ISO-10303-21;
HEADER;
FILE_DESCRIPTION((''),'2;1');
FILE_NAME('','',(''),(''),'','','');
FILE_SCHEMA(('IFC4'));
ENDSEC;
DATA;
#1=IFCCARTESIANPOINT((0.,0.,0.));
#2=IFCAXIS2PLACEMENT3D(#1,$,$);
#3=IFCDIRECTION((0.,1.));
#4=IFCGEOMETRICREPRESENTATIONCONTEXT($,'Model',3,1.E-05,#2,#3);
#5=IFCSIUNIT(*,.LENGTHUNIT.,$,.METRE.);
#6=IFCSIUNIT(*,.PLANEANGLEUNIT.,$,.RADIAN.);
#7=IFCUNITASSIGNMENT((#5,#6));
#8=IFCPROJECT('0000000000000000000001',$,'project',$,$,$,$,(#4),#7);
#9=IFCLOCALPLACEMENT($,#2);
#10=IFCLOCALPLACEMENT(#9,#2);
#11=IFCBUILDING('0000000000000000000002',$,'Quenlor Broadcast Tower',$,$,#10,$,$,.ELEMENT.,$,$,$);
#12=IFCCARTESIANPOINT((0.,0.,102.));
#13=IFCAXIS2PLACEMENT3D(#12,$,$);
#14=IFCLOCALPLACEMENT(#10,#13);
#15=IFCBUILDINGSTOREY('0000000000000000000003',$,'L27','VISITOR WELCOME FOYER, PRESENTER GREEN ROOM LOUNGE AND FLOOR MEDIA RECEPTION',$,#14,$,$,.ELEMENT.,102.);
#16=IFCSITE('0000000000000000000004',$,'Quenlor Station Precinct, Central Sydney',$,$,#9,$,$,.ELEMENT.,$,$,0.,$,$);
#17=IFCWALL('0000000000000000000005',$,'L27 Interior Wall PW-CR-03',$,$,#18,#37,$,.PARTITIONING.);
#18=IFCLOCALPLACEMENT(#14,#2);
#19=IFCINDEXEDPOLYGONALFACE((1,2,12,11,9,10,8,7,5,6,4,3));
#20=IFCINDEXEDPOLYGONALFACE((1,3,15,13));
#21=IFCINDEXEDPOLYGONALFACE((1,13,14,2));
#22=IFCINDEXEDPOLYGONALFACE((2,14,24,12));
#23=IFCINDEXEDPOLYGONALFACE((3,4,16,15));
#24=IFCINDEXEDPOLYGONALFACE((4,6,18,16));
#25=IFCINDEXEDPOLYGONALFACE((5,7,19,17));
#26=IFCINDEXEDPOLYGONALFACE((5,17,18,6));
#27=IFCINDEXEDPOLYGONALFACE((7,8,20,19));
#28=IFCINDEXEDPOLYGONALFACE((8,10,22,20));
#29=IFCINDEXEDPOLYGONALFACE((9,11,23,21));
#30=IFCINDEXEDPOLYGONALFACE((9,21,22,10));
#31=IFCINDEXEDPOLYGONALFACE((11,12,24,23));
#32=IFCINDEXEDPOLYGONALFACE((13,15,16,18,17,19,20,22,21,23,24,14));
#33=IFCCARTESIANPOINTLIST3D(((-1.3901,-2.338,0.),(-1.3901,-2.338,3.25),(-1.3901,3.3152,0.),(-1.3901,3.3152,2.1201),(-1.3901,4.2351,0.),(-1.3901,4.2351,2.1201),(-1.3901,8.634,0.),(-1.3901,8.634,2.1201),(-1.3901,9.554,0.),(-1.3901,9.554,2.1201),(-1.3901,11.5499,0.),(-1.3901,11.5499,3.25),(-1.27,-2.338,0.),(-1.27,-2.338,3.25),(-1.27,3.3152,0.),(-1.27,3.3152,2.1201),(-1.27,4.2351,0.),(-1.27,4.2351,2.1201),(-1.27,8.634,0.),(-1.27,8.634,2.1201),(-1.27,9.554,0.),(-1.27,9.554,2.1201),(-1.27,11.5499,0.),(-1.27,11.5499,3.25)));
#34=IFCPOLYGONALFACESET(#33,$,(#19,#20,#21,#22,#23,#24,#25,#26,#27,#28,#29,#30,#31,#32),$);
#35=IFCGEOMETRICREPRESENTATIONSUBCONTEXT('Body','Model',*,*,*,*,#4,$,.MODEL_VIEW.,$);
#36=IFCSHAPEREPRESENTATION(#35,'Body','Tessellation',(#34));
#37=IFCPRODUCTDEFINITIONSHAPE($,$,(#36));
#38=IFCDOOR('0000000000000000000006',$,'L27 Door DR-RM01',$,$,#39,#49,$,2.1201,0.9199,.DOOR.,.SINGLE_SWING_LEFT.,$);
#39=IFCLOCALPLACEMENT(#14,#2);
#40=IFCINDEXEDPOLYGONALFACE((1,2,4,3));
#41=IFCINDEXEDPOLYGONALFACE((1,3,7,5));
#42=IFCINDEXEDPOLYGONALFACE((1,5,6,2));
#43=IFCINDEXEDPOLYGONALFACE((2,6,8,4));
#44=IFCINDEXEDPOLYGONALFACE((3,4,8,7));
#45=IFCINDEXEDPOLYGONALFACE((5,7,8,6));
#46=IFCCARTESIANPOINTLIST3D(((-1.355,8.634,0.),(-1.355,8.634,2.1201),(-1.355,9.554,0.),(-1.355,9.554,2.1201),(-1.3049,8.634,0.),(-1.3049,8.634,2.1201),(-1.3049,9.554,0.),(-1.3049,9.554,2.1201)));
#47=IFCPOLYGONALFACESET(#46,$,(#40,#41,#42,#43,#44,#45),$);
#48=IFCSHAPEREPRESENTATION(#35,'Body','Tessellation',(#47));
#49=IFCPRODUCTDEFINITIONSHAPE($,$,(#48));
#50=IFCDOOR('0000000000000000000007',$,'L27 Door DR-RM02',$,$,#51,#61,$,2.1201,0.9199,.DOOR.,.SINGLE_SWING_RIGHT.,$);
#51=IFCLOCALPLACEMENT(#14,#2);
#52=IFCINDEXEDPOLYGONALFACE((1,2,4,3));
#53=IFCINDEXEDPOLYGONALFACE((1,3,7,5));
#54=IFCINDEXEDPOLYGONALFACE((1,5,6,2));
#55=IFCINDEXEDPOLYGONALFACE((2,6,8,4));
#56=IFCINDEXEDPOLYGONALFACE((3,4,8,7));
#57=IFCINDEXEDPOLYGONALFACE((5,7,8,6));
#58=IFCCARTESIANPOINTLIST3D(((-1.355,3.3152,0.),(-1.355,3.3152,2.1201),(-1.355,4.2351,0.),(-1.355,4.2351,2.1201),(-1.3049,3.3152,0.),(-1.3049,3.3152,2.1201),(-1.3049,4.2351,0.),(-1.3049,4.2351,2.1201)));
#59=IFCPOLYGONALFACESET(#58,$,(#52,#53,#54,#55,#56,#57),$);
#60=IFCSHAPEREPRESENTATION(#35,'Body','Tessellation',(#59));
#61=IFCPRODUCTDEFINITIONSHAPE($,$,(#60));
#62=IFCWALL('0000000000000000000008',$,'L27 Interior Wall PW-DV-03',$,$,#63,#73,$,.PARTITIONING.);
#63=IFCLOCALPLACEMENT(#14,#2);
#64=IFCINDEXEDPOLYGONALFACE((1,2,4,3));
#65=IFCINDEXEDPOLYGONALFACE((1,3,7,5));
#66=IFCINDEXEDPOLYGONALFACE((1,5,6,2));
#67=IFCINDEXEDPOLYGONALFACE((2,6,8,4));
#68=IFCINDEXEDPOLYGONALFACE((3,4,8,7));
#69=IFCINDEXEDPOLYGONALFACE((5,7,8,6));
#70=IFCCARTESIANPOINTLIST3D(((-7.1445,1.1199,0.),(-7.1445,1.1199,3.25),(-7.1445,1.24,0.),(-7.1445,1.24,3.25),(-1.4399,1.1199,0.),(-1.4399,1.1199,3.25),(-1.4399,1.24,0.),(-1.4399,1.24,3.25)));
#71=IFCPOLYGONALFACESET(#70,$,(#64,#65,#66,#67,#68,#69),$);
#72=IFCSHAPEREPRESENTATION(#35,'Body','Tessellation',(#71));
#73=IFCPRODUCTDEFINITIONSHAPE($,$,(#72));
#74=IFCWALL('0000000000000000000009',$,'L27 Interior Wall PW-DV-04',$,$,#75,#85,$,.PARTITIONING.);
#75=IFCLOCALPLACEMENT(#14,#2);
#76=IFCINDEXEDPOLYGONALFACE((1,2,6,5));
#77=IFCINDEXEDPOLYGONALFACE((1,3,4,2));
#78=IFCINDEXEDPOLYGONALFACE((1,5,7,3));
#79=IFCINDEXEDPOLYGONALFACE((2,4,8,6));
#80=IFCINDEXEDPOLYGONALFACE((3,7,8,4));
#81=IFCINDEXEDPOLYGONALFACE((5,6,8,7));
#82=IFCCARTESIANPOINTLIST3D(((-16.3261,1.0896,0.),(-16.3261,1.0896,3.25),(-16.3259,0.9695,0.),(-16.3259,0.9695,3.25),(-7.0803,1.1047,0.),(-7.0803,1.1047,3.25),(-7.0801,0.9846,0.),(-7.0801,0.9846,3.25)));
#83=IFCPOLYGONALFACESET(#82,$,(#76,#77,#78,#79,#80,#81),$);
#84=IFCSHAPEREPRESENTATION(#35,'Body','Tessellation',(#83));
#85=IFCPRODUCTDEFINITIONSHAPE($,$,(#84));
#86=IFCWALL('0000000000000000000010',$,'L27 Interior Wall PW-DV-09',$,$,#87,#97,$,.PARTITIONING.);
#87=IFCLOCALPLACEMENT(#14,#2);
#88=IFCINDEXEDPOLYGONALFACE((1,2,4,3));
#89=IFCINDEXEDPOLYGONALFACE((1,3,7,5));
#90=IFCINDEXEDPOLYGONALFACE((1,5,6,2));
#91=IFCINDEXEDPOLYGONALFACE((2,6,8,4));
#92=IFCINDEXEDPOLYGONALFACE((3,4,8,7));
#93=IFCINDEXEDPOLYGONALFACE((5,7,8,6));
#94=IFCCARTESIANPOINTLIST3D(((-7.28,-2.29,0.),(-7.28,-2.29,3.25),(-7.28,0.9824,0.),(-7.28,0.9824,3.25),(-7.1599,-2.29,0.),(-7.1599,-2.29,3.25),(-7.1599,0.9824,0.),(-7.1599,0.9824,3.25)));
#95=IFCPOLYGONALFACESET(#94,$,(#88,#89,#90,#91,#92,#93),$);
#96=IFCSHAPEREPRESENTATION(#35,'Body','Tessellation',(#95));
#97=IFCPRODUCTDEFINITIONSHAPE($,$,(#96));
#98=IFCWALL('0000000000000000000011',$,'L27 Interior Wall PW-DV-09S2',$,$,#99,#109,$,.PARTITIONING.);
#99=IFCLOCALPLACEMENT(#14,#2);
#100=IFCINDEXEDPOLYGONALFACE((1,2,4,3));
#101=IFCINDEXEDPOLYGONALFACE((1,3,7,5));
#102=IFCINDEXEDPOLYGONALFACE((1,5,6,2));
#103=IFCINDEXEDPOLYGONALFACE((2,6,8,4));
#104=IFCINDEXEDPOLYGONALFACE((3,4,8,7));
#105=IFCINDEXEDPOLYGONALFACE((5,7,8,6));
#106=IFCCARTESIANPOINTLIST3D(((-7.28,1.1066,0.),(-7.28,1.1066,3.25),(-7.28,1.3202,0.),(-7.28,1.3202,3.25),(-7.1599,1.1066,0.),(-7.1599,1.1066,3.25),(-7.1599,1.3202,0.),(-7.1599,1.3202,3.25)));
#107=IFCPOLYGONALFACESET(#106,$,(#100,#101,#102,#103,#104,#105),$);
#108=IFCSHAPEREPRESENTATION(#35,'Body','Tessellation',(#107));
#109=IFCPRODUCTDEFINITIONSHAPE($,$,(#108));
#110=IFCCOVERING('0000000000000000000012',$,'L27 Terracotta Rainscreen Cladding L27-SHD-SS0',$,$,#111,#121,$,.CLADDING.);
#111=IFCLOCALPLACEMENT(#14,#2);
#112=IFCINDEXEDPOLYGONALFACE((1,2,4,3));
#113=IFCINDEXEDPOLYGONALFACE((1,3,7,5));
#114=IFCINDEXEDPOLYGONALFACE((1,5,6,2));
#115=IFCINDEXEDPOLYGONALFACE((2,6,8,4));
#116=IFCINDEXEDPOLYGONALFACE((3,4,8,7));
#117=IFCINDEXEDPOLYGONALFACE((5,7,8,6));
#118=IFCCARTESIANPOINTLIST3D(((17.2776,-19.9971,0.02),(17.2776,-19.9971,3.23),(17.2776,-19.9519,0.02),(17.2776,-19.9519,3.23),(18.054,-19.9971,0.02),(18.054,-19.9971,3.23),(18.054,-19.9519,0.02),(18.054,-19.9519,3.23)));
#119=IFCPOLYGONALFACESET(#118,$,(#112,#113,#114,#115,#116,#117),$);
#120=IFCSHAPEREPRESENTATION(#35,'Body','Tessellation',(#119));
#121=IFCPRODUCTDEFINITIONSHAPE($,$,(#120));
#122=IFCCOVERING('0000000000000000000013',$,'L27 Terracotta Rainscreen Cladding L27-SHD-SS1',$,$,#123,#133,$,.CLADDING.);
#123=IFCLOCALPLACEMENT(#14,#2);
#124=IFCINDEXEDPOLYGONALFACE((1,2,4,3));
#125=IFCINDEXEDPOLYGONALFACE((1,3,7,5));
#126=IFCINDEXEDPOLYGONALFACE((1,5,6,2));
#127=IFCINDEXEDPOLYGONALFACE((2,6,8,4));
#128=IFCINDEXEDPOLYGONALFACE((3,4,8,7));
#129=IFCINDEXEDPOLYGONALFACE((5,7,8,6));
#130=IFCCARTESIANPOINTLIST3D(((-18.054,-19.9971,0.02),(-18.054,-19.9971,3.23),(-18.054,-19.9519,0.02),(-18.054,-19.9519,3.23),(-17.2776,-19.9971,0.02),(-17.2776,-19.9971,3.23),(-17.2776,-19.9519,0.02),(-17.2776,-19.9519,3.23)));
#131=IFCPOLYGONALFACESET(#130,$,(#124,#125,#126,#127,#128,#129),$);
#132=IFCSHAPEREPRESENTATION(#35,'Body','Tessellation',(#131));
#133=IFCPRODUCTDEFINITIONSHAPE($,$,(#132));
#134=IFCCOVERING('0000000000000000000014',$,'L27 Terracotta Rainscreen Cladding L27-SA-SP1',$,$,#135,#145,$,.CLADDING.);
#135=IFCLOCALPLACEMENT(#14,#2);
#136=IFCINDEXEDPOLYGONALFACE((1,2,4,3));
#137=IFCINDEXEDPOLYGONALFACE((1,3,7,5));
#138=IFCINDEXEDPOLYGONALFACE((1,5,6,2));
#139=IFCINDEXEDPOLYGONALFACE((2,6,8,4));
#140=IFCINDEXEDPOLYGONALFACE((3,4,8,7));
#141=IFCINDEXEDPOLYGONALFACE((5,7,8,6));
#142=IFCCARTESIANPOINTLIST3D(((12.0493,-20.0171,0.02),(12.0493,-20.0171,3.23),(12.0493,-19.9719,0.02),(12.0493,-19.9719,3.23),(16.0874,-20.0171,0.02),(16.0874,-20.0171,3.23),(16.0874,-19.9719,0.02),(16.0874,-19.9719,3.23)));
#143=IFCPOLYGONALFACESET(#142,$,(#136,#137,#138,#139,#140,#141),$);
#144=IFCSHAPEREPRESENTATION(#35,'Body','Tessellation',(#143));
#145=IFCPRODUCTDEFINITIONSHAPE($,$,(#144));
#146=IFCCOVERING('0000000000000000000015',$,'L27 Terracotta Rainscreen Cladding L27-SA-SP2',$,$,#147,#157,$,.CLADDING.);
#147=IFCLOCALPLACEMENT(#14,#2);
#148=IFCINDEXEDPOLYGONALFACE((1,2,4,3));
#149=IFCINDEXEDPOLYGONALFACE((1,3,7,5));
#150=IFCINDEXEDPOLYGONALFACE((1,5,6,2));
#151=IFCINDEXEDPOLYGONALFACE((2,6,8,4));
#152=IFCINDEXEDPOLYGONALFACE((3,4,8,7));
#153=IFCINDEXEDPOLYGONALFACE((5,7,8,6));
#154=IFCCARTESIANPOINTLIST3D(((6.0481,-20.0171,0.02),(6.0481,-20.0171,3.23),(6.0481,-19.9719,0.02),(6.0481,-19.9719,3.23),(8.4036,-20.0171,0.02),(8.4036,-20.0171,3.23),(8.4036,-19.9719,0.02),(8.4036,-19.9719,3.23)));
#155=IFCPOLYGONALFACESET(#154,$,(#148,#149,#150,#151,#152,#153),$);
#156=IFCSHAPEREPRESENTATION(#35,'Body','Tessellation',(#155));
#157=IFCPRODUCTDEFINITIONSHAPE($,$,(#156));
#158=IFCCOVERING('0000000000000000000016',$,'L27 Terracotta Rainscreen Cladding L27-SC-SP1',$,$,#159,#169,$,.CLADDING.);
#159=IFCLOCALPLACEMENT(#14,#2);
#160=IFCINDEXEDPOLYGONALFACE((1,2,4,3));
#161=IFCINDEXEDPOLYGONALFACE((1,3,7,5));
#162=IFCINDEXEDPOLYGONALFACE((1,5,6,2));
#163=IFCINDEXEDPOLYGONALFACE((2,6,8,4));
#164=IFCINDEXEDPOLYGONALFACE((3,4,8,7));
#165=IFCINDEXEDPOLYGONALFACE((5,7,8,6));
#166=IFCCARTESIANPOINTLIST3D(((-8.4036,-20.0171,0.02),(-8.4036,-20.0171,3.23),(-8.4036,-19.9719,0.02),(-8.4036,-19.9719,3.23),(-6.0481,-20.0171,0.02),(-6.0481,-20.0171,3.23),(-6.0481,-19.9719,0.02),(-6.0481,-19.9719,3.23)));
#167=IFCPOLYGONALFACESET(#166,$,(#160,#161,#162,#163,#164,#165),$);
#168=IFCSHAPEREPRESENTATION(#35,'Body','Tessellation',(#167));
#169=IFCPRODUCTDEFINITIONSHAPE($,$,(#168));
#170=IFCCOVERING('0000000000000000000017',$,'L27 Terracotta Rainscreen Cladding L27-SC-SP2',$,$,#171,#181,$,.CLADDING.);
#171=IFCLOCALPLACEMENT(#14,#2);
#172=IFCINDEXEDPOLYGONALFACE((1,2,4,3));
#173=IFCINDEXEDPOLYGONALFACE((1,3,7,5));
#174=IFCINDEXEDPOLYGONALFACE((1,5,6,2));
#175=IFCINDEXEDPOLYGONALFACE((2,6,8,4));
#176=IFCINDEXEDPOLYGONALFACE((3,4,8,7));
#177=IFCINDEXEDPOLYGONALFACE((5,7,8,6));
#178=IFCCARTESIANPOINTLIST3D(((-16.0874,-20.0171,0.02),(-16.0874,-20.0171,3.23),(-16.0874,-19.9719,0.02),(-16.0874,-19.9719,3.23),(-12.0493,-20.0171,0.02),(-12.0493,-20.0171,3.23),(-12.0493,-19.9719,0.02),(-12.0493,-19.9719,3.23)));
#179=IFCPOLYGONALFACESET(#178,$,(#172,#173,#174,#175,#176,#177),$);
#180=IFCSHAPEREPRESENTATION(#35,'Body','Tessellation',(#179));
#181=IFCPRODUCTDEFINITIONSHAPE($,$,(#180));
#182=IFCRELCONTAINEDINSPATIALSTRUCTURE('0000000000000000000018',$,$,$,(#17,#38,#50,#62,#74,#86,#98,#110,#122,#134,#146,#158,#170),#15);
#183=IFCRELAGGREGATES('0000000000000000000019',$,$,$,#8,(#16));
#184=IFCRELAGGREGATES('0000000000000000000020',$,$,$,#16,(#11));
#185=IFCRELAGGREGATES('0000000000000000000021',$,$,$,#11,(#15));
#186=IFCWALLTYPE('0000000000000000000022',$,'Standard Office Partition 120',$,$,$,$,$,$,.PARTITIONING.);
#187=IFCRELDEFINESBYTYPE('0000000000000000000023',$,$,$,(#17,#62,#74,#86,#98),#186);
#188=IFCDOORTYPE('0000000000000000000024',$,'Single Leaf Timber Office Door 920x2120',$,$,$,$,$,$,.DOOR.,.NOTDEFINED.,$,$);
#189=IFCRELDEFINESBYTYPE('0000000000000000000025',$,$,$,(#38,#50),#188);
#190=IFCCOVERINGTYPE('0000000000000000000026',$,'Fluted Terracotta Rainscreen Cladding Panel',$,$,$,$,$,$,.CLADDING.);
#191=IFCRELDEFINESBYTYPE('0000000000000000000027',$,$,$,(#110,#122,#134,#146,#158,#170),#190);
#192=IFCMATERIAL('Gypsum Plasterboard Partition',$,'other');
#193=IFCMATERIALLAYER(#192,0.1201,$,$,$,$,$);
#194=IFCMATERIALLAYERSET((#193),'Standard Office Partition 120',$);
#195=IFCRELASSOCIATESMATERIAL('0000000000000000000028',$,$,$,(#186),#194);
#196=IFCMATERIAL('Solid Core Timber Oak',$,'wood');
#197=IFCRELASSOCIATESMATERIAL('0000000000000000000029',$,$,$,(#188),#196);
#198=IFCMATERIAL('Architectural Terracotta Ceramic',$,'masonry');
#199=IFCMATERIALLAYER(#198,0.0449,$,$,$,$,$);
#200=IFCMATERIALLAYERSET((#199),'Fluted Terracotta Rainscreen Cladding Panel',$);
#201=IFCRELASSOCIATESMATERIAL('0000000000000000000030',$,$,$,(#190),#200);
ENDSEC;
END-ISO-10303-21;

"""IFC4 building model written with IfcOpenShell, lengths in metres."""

from ifc_helpers import new_model, si_unit, direction, frame, frame_2d, origin, place, context, subcontext, project, spatial, polyline, rectangle, outline, extrude, material, layer, layer_set, type_object, element, fill, save


model = new_model("IFC4")

# Units and contexts
model_context = context("Model", 3, precision=1e-05, world=origin(), true_north=direction((0.0, 1.0)))
body_context = subcontext(model_context, "Body", "Model", "MODEL_VIEW")
ifc_project = project(units=[si_unit("LENGTHUNIT", "METRE"), si_unit("PLANEANGLEUNIT", "RADIAN")], contexts=[model_context])

# Site, building, storey
site_placement = place(None, origin())
site = spatial("IfcSite", under=ifc_project, at=site_placement, Name="Quenlor Station Precinct, Central Sydney", CompositionType="ELEMENT", RefElevation=0.0)
building_placement = place(site_placement, origin())
building = spatial("IfcBuilding", under=site, at=building_placement, Name="Quenlor Broadcast Tower", CompositionType="ELEMENT")
storey_placement = place(building_placement, frame((0.0, 0.0, 102.0)))
storey = spatial("IfcBuildingStorey", under=building, at=storey_placement, Name="L27", Description="VISITOR WELCOME FOYER, PRESENTER GREEN ROOM LOUNGE AND FLOOR MEDIA RECEPTION", CompositionType="ELEMENT", Elevation=102.0)

# Wall, openings, doors
ifc_material_1 = material(Name="Gypsum Plasterboard Partition", Category="other")
ifc_layer_1 = layer(ifc_material_1, 0.1201)
ifc_layer_set_1 = layer_set([ifc_layer_1], Name="Standard Office Partition 120")
wall_type = type_object("IfcWallType", Name="Standard Office Partition 120", PredefinedType="PARTITIONING", material=ifc_layer_set_1)
wall_1_placement = place(storey_placement, frame((-1.3301, -2.3379, 0.0), z_axis=(0.0, 0.0, 1.0), x_axis=(0.0, 1.0, 0.0)))
wall_1 = element("IfcWall", 1, at=wall_1_placement, inside=storey, type_object=wall_type, Name="L27 Interior Wall PW-CR-03", PredefinedType="PARTITIONING", context=body_context, shape_type="SweptSolid", body=[
    extrude(rectangle(XDim=13.8879, YDim=0.1201, at=frame_2d((6.9438, 0.0))), origin(), (0.0, 0.0, 1.0), 3.25),
])
opening_1_placement = place(wall_1_placement, frame((10.9719, 0.0, 0.0)))
opening_1 = element("IfcOpeningElement", 2, at=opening_1_placement, cuts=wall_1, PredefinedType="OPENING", context=body_context, shape_type="SweptSolid", body=[
    extrude(rectangle(XDim=0.9199, YDim=2.1201, at=frame_2d((0.46, 1.0601))), frame((0.0, 0.0701, 0.0), z_axis=(0.0, -1.0, 0.0), x_axis=(1.0, 0.0, 0.0)), (0.0, 0.0, 1.0), 0.1401),
])
opening_2_placement = place(wall_1_placement, frame((5.6531, 0.0, 0.0)))
opening_2 = element("IfcOpeningElement", 3, at=opening_2_placement, cuts=wall_1, PredefinedType="OPENING", context=body_context, shape_type="SweptSolid", body=[
    extrude(rectangle(XDim=0.9199, YDim=2.1201, at=frame_2d((0.46, 1.0601))), frame((0.0, 0.0701, 0.0), z_axis=(0.0, -1.0, 0.0), x_axis=(1.0, 0.0, 0.0)), (0.0, 0.0, 1.0), 0.1401),
])
ifc_material_2 = material(Name="Solid Core Timber Oak", Category="wood")
door_type = type_object("IfcDoorType", Name="Single Leaf Timber Office Door 920x2120", OperationType="NOTDEFINED", PredefinedType="DOOR", material=ifc_material_2)
door_1_placement = place(opening_1_placement, origin())
door_1 = element("IfcDoor", 4, at=door_1_placement, inside=storey, type_object=door_type, Name="L27 Door DR-RM01", OperationType="SINGLE_SWING_LEFT", OverallHeight=2.1201, OverallWidth=0.9199, PredefinedType="DOOR", context=body_context, shape_type="SweptSolid", body=[
    extrude(rectangle(XDim=0.9199, YDim=2.1201, at=frame_2d((0.46, 1.0601))), frame((0.0, 0.0249, 0.0), z_axis=(0.0, -1.0, 0.0), x_axis=(1.0, 0.0, 0.0)), (0.0, 0.0, 1.0), 0.05),
])
fill(opening_1, door_1)
door_2_placement = place(opening_2_placement, origin())
door_2 = element("IfcDoor", 5, at=door_2_placement, inside=storey, type_object=door_type, Name="L27 Door DR-RM02", OperationType="SINGLE_SWING_RIGHT", OverallHeight=2.1201, OverallWidth=0.9199, PredefinedType="DOOR", context=body_context, shape_type="SweptSolid", body=[
    extrude(rectangle(XDim=0.9199, YDim=2.1201, at=frame_2d((0.46, 1.0601))), frame((0.0, 0.0249, 0.0), z_axis=(0.0, -1.0, 0.0), x_axis=(1.0, 0.0, 0.0)), (0.0, 0.0, 1.0), 0.05),
])
fill(opening_2, door_2)

# Walls
wall_2_placement = place(storey_placement, frame((-1.4399, 1.1799, 0.0), z_axis=(0.0, 0.0, 1.0), x_axis=(-1.0, 0.0, 0.0)))
element("IfcWall", 6, at=wall_2_placement, inside=storey, type_object=wall_type, Name="L27 Interior Wall PW-DV-03", PredefinedType="PARTITIONING", context=body_context, shape_type="SweptSolid", body=[
    extrude(rectangle(XDim=5.7046, YDim=0.1201, at=frame_2d((2.8523, 0.0))), origin(), (0.0, 0.0, 1.0), 3.25),
])
wall_3_placement = place(storey_placement, frame((-7.0801, 1.0447, 0.0), z_axis=(0.0, 0.0, 1.0), x_axis=(-0.999999, -0.001637, 0.0)))
element("IfcWall", 7, at=wall_3_placement, inside=storey, type_object=wall_type, Name="L27 Interior Wall PW-DV-04", PredefinedType="PARTITIONING", context=body_context, shape_type="SweptSolid", body=[
    extrude(rectangle(XDim=9.2458, YDim=0.1201, at=frame_2d((4.623, 0.0))), origin(), (0.0, 0.0, 1.0), 3.25),
])
wall_4_placement = place(storey_placement, frame((-7.22, -2.29, 0.0), z_axis=(0.0, 0.0, 1.0), x_axis=(0.0, 1.0, 0.0)))
element("IfcWall", 8, at=wall_4_placement, inside=storey, type_object=wall_type, Name="L27 Interior Wall PW-DV-09", PredefinedType="PARTITIONING", context=body_context, shape_type="SweptSolid", body=[
    extrude(rectangle(XDim=3.2725, YDim=0.1201, at=frame_2d((1.6362, 0.0))), origin(), (0.0, 0.0, 1.0), 3.25),
])
wall_5_placement = place(storey_placement, frame((-7.22, 1.1064, 0.0), z_axis=(0.0, 0.0, 1.0), x_axis=(0.0, 1.0, 0.0)))
element("IfcWall", 9, at=wall_5_placement, inside=storey, type_object=wall_type, Name="L27 Interior Wall PW-DV-09S2", PredefinedType="PARTITIONING", context=body_context, shape_type="SweptSolid", body=[
    extrude(rectangle(XDim=0.2136, YDim=0.1201, at=frame_2d((0.1069, 0.0))), origin(), (0.0, 0.0, 1.0), 3.25),
])

# Coverings
ifc_material_3 = material(Name="Architectural Terracotta Ceramic", Category="masonry")
ifc_layer_2 = layer(ifc_material_3, 0.0449)
ifc_layer_set_2 = layer_set([ifc_layer_2], Name="Fluted Terracotta Rainscreen Cladding Panel")
covering_type = type_object("IfcCoveringType", Name="Fluted Terracotta Rainscreen Cladding Panel", PredefinedType="CLADDING", material=ifc_layer_set_2)
covering_1_placement = place(storey_placement, frame((0.0, 0.0, 0.02)))
element("IfcCovering", 10, at=covering_1_placement, inside=storey, type_object=covering_type, Name="L27 Terracotta Rainscreen Cladding L27-SHD-SS0", PredefinedType="CLADDING", context=body_context, shape_type="SweptSolid", body=[
    extrude(outline(polyline([(18.054, -19.9519), (17.2776, -19.9519), (17.2776, -19.9971), (18.054, -19.9971), (18.054, -19.9519)])), origin(), (0.0, 0.0, 1.0), 3.21),
])
covering_2_placement = place(storey_placement, frame((0.0, 0.0, 0.02)))
element("IfcCovering", 11, at=covering_2_placement, inside=storey, type_object=covering_type, Name="L27 Terracotta Rainscreen Cladding L27-SHD-SS1", PredefinedType="CLADDING", context=body_context, shape_type="SweptSolid", body=[
    extrude(outline(polyline([(-17.2776, -19.9519), (-18.054, -19.9519), (-18.054, -19.9971), (-17.2776, -19.9971), (-17.2776, -19.9519)])), origin(), (0.0, 0.0, 1.0), 3.21),
])
covering_3_placement = place(storey_placement, frame((0.0, 0.0, 0.02)))
element("IfcCovering", 12, at=covering_3_placement, inside=storey, type_object=covering_type, Name="L27 Terracotta Rainscreen Cladding L27-SA-SP1", PredefinedType="CLADDING", context=body_context, shape_type="SweptSolid", body=[
    extrude(outline(polyline([(16.0874, -19.9719), (12.0493, -19.9719), (12.0493, -20.0171), (16.0874, -20.0171), (16.0874, -19.9719)])), origin(), (0.0, 0.0, 1.0), 3.21),
])
covering_4_placement = place(storey_placement, frame((0.0, 0.0, 0.02)))
element("IfcCovering", 13, at=covering_4_placement, inside=storey, type_object=covering_type, Name="L27 Terracotta Rainscreen Cladding L27-SA-SP2", PredefinedType="CLADDING", context=body_context, shape_type="SweptSolid", body=[
    extrude(outline(polyline([(8.4036, -19.9719), (6.0481, -19.9719), (6.0481, -20.0171), (8.4036, -20.0171), (8.4036, -19.9719)])), origin(), (0.0, 0.0, 1.0), 3.21),
])
covering_5_placement = place(storey_placement, frame((0.0, 0.0, 0.02)))
element("IfcCovering", 14, at=covering_5_placement, inside=storey, type_object=covering_type, Name="L27 Terracotta Rainscreen Cladding L27-SC-SP1", PredefinedType="CLADDING", context=body_context, shape_type="SweptSolid", body=[
    extrude(outline(polyline([(-6.0481, -19.9719), (-8.4036, -19.9719), (-8.4036, -20.0171), (-6.0481, -20.0171), (-6.0481, -19.9719)])), origin(), (0.0, 0.0, 1.0), 3.21),
])
covering_6_placement = place(storey_placement, frame((0.0, 0.0, 0.02)))
element("IfcCovering", 15, at=covering_6_placement, inside=storey, type_object=covering_type, Name="L27 Terracotta Rainscreen Cladding L27-SC-SP2", PredefinedType="CLADDING", context=body_context, shape_type="SweptSolid", body=[
    extrude(outline(polyline([(-12.0493, -19.9719), (-16.0874, -19.9719), (-16.0874, -20.0171), (-12.0493, -20.0171), (-12.0493, -19.9719)])), origin(), (0.0, 0.0, 1.0), 3.21),
])

save(model, "model.ifc")
